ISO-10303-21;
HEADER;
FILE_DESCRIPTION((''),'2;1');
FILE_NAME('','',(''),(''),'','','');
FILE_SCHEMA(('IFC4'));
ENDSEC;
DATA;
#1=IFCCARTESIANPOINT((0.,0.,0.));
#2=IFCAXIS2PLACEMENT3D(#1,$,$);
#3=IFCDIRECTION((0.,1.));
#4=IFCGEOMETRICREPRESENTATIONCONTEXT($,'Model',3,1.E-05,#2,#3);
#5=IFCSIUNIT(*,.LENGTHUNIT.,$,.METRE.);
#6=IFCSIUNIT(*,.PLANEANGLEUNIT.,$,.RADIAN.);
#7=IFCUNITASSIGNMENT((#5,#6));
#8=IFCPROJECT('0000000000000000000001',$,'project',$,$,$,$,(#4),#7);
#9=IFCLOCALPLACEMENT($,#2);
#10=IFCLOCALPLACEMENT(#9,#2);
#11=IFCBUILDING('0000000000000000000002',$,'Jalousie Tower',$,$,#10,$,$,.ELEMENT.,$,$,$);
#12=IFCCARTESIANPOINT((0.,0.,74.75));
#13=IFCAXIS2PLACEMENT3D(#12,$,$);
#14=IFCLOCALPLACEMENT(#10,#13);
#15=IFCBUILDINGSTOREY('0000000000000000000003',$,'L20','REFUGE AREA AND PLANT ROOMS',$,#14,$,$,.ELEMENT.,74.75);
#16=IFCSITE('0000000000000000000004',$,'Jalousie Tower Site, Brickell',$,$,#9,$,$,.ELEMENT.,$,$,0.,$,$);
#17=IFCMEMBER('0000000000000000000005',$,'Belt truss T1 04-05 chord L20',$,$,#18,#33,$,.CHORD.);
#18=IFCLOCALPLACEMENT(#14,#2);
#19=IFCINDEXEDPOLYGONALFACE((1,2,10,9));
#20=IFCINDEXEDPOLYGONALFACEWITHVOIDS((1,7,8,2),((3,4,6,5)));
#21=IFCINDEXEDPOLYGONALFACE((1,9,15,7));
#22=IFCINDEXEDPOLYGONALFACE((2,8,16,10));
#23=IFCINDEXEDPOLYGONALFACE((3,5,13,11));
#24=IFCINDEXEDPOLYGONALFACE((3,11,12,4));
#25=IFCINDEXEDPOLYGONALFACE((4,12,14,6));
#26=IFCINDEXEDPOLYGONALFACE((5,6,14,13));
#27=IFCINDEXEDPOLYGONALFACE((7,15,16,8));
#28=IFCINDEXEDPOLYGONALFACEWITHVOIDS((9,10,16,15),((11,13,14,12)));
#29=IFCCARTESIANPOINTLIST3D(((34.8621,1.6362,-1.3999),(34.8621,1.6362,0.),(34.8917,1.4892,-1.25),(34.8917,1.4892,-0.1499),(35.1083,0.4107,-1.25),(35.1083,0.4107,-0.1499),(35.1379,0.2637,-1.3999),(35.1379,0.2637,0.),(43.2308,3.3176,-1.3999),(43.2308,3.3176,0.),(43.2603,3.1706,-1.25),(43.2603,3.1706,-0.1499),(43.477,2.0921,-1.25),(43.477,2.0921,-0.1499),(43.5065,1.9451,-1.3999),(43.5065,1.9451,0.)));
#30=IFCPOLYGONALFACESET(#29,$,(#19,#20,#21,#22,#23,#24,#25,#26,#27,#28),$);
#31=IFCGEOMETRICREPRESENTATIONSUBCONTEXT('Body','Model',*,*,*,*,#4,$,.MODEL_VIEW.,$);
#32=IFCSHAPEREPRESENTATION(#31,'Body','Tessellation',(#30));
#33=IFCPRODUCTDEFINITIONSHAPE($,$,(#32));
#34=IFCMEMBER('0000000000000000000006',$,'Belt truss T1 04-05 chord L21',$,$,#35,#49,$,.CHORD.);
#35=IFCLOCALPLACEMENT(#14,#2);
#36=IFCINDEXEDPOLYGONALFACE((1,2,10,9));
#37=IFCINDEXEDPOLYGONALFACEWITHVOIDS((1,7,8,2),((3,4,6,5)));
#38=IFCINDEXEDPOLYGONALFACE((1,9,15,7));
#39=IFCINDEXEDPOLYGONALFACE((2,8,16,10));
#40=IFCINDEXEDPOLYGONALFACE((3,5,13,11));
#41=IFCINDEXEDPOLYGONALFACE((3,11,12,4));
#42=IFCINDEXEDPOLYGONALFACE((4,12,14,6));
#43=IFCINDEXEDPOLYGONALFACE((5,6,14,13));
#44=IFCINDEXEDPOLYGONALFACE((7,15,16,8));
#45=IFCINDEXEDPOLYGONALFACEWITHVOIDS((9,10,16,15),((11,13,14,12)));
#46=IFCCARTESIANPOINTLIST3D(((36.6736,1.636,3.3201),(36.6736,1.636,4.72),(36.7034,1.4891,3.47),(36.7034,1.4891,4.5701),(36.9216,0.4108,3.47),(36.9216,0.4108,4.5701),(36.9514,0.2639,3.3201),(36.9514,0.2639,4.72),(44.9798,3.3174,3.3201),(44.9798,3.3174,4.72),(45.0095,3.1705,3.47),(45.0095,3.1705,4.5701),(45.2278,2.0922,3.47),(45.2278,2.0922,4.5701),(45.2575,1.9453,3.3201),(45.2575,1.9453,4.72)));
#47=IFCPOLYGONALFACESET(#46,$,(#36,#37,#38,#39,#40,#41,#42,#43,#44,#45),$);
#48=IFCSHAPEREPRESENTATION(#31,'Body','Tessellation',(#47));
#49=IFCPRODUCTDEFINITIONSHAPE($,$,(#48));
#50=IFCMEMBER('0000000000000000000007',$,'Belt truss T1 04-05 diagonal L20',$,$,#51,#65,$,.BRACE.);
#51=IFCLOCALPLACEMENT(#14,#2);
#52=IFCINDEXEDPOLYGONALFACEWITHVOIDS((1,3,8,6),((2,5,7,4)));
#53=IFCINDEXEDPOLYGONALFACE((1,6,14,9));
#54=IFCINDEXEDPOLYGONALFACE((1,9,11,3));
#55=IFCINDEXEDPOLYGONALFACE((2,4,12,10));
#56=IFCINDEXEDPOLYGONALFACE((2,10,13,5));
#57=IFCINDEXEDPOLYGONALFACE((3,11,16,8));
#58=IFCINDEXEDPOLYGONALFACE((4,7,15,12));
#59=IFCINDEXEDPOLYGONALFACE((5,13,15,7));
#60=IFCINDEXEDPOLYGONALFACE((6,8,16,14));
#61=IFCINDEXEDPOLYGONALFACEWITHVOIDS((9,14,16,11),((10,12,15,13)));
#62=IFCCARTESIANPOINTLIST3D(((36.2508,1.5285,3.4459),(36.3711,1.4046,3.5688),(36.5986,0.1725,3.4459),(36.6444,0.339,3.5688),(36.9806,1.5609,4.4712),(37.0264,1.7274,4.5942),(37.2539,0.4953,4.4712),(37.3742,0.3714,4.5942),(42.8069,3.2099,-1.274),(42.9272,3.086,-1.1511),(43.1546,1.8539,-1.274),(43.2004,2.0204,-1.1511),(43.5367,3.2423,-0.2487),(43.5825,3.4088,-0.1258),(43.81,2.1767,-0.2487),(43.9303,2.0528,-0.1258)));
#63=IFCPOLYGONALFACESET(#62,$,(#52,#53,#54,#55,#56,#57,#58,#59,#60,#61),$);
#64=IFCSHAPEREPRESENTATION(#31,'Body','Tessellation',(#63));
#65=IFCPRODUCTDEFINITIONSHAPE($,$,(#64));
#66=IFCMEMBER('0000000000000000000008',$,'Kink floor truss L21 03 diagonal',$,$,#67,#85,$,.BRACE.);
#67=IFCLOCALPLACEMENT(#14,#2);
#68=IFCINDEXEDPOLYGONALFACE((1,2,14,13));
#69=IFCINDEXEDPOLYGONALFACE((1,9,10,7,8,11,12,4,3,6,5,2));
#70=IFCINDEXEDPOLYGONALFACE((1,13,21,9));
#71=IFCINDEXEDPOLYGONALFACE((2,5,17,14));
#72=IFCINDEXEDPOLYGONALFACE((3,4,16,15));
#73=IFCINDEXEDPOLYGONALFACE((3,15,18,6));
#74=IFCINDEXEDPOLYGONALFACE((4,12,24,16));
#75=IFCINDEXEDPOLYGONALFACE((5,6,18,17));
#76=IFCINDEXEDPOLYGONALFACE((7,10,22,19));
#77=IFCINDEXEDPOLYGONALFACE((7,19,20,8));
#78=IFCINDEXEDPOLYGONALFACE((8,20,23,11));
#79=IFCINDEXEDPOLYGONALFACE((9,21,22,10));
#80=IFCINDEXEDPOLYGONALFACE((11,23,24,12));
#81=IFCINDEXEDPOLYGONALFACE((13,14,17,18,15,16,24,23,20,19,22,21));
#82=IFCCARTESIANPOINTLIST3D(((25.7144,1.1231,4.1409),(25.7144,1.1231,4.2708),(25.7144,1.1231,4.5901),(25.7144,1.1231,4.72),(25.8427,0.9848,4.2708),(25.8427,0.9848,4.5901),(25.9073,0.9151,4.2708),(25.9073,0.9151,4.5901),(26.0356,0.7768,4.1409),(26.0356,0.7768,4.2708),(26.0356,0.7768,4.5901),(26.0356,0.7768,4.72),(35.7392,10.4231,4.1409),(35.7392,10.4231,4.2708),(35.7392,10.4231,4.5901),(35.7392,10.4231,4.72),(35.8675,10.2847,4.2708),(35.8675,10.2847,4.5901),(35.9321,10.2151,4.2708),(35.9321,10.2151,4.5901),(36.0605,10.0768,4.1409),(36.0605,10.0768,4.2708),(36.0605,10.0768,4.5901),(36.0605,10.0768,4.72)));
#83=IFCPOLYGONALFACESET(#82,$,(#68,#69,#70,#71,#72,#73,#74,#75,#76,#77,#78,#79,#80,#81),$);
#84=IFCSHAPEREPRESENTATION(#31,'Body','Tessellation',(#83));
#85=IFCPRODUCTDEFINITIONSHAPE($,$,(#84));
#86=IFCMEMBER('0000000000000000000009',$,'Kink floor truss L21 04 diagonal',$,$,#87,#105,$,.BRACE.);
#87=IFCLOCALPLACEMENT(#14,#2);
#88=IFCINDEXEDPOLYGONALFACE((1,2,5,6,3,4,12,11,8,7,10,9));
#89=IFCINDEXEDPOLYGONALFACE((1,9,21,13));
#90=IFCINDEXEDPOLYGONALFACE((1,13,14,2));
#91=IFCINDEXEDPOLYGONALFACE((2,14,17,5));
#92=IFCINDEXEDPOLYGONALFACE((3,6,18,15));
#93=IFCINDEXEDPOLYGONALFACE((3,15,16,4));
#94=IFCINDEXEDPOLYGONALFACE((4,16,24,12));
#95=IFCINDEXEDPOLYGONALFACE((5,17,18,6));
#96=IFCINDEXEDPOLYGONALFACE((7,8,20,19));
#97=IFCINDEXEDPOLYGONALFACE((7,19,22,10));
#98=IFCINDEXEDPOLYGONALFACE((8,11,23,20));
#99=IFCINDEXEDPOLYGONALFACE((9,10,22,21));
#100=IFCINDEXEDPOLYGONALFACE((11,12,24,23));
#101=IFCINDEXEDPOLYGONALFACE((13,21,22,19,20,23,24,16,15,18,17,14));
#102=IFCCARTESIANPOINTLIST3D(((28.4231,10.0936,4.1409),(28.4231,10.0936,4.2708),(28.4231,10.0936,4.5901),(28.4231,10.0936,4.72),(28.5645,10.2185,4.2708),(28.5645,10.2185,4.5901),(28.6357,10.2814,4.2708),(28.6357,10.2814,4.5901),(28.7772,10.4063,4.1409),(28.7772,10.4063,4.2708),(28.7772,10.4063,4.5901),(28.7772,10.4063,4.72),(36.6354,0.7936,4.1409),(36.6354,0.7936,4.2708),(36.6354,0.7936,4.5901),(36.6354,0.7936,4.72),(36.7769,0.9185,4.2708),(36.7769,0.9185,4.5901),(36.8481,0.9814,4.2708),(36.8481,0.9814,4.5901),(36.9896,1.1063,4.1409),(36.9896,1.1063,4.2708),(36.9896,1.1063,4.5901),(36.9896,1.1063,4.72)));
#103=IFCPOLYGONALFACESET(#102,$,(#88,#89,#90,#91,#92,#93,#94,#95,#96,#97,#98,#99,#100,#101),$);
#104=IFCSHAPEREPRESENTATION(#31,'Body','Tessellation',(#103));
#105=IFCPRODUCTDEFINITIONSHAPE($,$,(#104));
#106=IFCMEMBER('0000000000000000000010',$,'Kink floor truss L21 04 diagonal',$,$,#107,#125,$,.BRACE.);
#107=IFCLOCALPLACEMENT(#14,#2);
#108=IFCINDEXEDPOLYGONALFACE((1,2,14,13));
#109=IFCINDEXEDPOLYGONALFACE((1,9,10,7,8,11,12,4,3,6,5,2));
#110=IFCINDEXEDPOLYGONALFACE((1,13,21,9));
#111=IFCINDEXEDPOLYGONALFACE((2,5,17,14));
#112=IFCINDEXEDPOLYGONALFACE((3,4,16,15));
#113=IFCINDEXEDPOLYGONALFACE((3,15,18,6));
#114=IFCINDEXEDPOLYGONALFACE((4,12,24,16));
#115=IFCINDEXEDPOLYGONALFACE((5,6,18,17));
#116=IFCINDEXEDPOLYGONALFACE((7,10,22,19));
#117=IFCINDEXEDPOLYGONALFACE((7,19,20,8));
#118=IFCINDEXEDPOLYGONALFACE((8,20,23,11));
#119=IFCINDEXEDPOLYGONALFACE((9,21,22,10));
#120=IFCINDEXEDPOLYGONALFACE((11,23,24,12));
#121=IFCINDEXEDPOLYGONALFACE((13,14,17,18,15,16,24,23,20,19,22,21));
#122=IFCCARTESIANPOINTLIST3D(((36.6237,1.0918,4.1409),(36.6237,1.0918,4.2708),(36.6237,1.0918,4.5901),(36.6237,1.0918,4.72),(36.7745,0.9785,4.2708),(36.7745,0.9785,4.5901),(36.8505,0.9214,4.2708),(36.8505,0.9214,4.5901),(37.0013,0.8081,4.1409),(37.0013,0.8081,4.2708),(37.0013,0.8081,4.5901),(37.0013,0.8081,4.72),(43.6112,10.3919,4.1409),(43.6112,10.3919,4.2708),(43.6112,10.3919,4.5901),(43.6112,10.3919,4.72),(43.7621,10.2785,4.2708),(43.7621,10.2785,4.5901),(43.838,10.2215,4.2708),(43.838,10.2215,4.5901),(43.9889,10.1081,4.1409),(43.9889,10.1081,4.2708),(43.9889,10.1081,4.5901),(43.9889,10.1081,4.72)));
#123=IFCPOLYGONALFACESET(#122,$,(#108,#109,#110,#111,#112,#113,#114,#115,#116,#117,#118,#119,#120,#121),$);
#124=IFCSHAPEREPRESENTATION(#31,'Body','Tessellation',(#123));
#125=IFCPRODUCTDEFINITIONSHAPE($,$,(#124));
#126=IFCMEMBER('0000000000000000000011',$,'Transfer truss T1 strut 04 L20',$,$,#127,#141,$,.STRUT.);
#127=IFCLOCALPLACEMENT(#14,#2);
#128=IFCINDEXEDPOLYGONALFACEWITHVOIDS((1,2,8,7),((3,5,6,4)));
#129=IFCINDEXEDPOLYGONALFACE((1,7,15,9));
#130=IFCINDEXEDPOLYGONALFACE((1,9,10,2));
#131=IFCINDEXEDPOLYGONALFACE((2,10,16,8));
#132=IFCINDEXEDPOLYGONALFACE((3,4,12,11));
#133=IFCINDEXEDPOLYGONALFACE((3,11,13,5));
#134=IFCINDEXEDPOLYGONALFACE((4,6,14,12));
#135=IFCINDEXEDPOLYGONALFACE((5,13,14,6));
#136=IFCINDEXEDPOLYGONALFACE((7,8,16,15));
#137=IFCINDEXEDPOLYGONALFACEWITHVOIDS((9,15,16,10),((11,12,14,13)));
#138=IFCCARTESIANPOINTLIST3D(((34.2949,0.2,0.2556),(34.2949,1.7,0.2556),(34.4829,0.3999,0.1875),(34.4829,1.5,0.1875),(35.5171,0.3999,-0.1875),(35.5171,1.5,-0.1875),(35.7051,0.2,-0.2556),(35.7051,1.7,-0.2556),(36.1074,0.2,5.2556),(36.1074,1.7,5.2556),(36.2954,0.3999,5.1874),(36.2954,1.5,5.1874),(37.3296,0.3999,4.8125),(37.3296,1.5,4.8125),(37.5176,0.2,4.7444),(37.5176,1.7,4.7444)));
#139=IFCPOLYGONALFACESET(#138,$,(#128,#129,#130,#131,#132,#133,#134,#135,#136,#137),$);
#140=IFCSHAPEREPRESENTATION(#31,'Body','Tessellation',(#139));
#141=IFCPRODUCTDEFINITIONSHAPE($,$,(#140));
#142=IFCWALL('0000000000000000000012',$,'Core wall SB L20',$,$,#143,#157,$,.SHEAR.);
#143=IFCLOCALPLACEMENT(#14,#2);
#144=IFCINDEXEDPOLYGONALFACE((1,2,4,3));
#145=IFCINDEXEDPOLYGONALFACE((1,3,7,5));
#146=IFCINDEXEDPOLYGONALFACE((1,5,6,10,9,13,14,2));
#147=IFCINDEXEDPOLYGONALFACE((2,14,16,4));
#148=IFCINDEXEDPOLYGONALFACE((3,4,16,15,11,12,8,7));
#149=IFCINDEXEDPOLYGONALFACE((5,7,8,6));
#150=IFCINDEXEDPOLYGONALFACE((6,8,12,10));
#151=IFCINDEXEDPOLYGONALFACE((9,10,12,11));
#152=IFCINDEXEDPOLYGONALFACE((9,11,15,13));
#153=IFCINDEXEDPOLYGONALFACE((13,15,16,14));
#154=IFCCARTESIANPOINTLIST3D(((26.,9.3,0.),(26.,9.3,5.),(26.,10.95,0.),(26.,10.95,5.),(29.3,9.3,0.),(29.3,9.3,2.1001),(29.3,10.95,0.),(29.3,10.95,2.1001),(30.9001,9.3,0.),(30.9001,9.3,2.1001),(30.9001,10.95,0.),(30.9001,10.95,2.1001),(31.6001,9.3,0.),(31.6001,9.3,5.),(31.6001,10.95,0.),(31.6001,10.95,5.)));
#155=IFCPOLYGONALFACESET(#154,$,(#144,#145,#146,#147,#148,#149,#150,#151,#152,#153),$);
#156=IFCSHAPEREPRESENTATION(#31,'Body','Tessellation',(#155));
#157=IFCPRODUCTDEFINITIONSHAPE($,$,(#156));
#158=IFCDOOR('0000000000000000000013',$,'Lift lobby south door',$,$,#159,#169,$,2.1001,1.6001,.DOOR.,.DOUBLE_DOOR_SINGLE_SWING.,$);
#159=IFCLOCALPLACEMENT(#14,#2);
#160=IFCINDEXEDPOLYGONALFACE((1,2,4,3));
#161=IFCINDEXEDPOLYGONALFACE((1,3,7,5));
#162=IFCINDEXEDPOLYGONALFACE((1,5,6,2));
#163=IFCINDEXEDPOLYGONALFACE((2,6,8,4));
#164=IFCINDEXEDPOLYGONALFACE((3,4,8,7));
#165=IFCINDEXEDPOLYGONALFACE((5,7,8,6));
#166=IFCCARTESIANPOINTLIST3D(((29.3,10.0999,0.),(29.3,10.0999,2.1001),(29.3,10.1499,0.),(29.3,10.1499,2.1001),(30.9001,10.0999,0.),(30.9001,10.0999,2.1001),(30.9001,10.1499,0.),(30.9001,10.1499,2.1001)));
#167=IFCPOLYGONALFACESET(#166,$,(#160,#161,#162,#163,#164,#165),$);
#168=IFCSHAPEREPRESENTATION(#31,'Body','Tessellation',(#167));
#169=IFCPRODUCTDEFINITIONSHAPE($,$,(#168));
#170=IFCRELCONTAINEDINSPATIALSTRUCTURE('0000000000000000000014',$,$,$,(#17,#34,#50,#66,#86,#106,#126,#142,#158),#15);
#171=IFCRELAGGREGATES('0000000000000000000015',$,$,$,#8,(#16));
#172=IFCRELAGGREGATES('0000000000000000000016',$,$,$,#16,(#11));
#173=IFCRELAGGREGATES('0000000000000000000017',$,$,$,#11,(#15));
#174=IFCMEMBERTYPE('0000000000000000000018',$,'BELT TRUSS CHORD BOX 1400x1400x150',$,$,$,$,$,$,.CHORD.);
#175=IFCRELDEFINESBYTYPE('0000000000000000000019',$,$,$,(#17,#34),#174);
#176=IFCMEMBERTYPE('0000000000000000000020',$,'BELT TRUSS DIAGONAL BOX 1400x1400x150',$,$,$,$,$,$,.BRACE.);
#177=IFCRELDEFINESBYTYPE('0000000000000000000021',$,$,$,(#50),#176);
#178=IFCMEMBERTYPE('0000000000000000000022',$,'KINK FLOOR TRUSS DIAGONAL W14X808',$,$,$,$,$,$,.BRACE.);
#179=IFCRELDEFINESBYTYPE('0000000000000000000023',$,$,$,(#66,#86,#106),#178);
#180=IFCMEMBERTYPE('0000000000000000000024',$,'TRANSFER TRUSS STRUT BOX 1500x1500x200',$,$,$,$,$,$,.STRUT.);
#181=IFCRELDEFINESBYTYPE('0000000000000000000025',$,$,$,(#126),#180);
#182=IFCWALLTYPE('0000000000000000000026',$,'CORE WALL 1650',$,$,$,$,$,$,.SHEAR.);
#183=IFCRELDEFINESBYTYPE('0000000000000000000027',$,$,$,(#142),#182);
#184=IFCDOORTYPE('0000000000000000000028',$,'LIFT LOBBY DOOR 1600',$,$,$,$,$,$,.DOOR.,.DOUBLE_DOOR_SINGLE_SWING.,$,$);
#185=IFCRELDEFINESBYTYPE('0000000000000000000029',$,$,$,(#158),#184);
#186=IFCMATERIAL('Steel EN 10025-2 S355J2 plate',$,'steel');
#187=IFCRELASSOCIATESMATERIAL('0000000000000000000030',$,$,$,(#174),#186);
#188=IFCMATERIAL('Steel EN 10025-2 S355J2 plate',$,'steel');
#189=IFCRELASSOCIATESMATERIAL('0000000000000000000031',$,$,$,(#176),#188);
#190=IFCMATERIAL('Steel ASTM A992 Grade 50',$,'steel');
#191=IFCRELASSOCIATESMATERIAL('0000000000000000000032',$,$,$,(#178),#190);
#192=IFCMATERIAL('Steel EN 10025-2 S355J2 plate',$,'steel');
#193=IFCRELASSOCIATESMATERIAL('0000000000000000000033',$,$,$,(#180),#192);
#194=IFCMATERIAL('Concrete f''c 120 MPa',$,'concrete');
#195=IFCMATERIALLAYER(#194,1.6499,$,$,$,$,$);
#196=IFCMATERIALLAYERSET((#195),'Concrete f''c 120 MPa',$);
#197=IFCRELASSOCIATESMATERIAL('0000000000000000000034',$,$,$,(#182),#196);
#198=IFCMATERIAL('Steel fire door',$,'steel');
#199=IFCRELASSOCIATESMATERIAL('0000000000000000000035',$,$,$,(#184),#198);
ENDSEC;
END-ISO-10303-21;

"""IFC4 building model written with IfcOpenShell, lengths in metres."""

from ifc_helpers import new_model, si_unit, direction, frame, frame_2d, origin, origin_2d, place, context, subcontext, project, spatial, rectangle, hollow_rectangle, i_section, extrude, material, layer, layer_set, material_profile, profile_set, type_object, element, fill, save


model = new_model("IFC4")

# Units and contexts
model_context = context("Model", 3, precision=1e-05, world=origin(), true_north=direction((0.0, 1.0)))
body_context = subcontext(model_context, "Body", "Model", "MODEL_VIEW")
ifc_project = project(units=[si_unit("LENGTHUNIT", "METRE"), si_unit("PLANEANGLEUNIT", "RADIAN")], contexts=[model_context])

# Site, building, storey
site_placement = place(None, origin())
site = spatial("IfcSite", under=ifc_project, at=site_placement, Name="Jalousie Tower Site, Brickell", CompositionType="ELEMENT", RefElevation=0.0)
building_placement = place(site_placement, origin())
building = spatial("IfcBuilding", under=site, at=building_placement, Name="Jalousie Tower", CompositionType="ELEMENT")
storey_placement = place(building_placement, frame((0.0, 0.0, 74.75)))
storey = spatial("IfcBuildingStorey", under=building, at=storey_placement, Name="L20", Description="REFUGE AREA AND PLANT ROOMS", CompositionType="ELEMENT", Elevation=74.75)

# Members
ifc_material_1 = material(Name="Steel EN 10025-2 S355J2 plate", Category="steel")
ifc_material_profile_1 = material_profile(ifc_material_1, hollow_rectangle(XDim=1.3999, YDim=1.3999, WallThickness=0.1499, at=origin_2d()), Name="BOX 1400x1400x150")
ifc_profile_set_1 = profile_set([ifc_material_profile_1], Name="Steel EN 10025-2 S355J2 plate")
member_type_1 = type_object("IfcMemberType", Name="BELT TRUSS CHORD BOX 1400x1400x150", PredefinedType="CHORD", material=ifc_profile_set_1)
member_1_placement = place(storey_placement, frame((35.0, 0.95, -0.7), z_axis=(0.980408, 0.19698, 0.0), x_axis=(-0.19698, 0.980408, 0.0)))
element("IfcMember", 1, at=member_1_placement, inside=storey, type_object=member_type_1, Name="Belt truss T1 04-05 chord L20", PredefinedType="CHORD", context=body_context, shape_type="SweptSolid", body=[
    extrude(hollow_rectangle(XDim=1.3999, YDim=1.3999, WallThickness=0.1499, at=origin_2d()), origin(), (0.0, 0.0, 1.0), 8.5359),
])
member_2_placement = place(storey_placement, frame((36.8125, 0.95, 4.02), z_axis=(0.98012, 0.198404, 0.0), x_axis=(-0.198404, 0.98012, 0.0)))
element("IfcMember", 2, at=member_2_placement, inside=storey, type_object=member_type_1, Name="Belt truss T1 04-05 chord L21", PredefinedType="CHORD", context=body_context, shape_type="SweptSolid", body=[
    extrude(hollow_rectangle(XDim=1.3999, YDim=1.3999, WallThickness=0.1499, at=origin_2d()), origin(), (0.0, 0.0, 1.0), 8.4746),
])
ifc_material_2 = material(Name="Steel EN 10025-2 S355J2 plate", Category="steel")
ifc_material_profile_2 = material_profile(ifc_material_2, hollow_rectangle(XDim=1.3999, YDim=1.3999, WallThickness=0.1499, at=origin_2d()), Name="BOX 1400x1400x150")
ifc_profile_set_2 = profile_set([ifc_material_profile_2], Name="Steel EN 10025-2 S355J2 plate")
member_type_2 = type_object("IfcMemberType", Name="BELT TRUSS DIAGONAL BOX 1400x1400x150", PredefinedType="BRACE", material=ifc_profile_set_2)
member_3_placement = place(storey_placement, frame((36.8125, 0.95, 4.02), z_axis=(0.794534, 0.203767, -0.572009), x_axis=(-0.248421, 0.968652, 0.0)))
element("IfcMember", 3, at=member_3_placement, inside=storey, type_object=member_type_2, Name="Belt truss T1 04-05 diagonal L20", PredefinedType="BRACE", context=body_context, shape_type="SweptSolid", body=[
    extrude(hollow_rectangle(XDim=1.3999, YDim=1.3999, WallThickness=0.1499, at=origin_2d()), origin(), (0.0, 0.0, 1.0), 8.2515),
])
ifc_material_3 = material(Name="Steel ASTM A992 Grade 50", Category="steel")
ifc_material_profile_3 = material_profile(ifc_material_3, i_section(OverallWidth=0.4724, OverallDepth=0.5791, WebThickness=0.095, FlangeThickness=0.1299, at=origin_2d()), Name="W14X808")
ifc_profile_set_3 = profile_set([ifc_material_profile_3], Name="Steel ASTM A992 Grade 50")
member_type_3 = type_object("IfcMemberType", Name="KINK FLOOR TRUSS DIAGONAL W14X808", PredefinedType="BRACE", material=ifc_profile_set_3)
member_4_placement = place(storey_placement, frame((25.875, 0.95, 4.4304), z_axis=(0.733114, 0.680106, 0.0), x_axis=(-0.680106, 0.733114, 0.0)))
element("IfcMember", 4, at=member_4_placement, inside=storey, type_object=member_type_3, Name="Kink floor truss L21 03 diagonal", PredefinedType="BRACE", context=body_context, shape_type="SweptSolid", body=[
    extrude(i_section(OverallWidth=0.4724, OverallDepth=0.5791, WebThickness=0.095, FlangeThickness=0.1299, at=origin_2d()), origin(), (0.0, 0.0, 1.0), 13.6743),
])
member_5_placement = place(storey_placement, frame((36.8125, 0.95, 4.4304), z_axis=(-0.661915, 0.749579, 0.0), x_axis=(-0.749579, -0.661915, 0.0)))
element("IfcMember", 5, at=member_5_placement, inside=storey, type_object=member_type_3, Name="Kink floor truss L21 04 diagonal", PredefinedType="BRACE", context=body_context, shape_type="SweptSolid", body=[
    extrude(i_section(OverallWidth=0.4724, OverallDepth=0.5791, WebThickness=0.095, FlangeThickness=0.1299, at=origin_2d()), origin(), (0.0, 0.0, 1.0), 12.407),
])
member_6_placement = place(storey_placement, frame((36.8125, 0.95, 4.4304), z_axis=(0.600688, 0.799483, 0.0), x_axis=(-0.799483, 0.600688, 0.0)))
element("IfcMember", 6, at=member_6_placement, inside=storey, type_object=member_type_3, Name="Kink floor truss L21 04 diagonal", PredefinedType="BRACE", context=body_context, shape_type="SweptSolid", body=[
    extrude(i_section(OverallWidth=0.4724, OverallDepth=0.5791, WebThickness=0.095, FlangeThickness=0.1299, at=origin_2d()), origin(), (0.0, 0.0, 1.0), 11.6326),
])
ifc_material_4 = material(Name="Steel EN 10025-2 S355J2 plate", Category="steel")
ifc_material_profile_4 = material_profile(ifc_material_4, hollow_rectangle(XDim=1.5, YDim=1.5, WallThickness=0.2, at=origin_2d()), Name="BOX 1500x1500x200")
ifc_profile_set_4 = profile_set([ifc_material_profile_4], Name="Steel EN 10025-2 S355J2 plate")
member_type_4 = type_object("IfcMemberType", Name="TRANSFER TRUSS STRUT BOX 1500x1500x200", PredefinedType="STRUT", material=ifc_profile_set_4)
member_7_placement = place(storey_placement, frame((35.0, 0.95, 0.0), z_axis=(0.340799, 0.0, 0.940136), x_axis=(0.0, 1.0, 0.0)))
element("IfcMember", 7, at=member_7_placement, inside=storey, type_object=member_type_4, Name="Transfer truss T1 strut 04 L20", PredefinedType="STRUT", context=body_context, shape_type="SweptSolid", body=[
    extrude(hollow_rectangle(XDim=1.5, YDim=1.5, WallThickness=0.2, at=origin_2d()), origin(), (0.0, 0.0, 1.0), 5.3184),
])

# Wall, opening, door
ifc_material_5 = material(Name="Concrete f'c 120 MPa", Category="concrete")
ifc_layer_1 = layer(ifc_material_5, 1.6499)
ifc_layer_set_1 = layer_set([ifc_layer_1], Name="Concrete f'c 120 MPa")
wall_type_1 = type_object("IfcWallType", Name="CORE WALL 1650", PredefinedType="SHEAR", material=ifc_layer_set_1)
wall_1_placement = place(storey_placement, frame((26.0, 10.125, 0.0), z_axis=(0.0, 0.0, 1.0), x_axis=(1.0, 0.0, 0.0)))
wall_1 = element("IfcWall", 8, at=wall_1_placement, inside=storey, type_object=wall_type_1, Name="Core wall SB L20", PredefinedType="SHEAR", context=body_context, shape_type="SweptSolid", body=[
    extrude(rectangle(XDim=5.6001, YDim=1.6499, at=frame_2d((2.8, 0.0))), origin(), (0.0, 0.0, 1.0), 5.0),
])
opening_1_placement = place(wall_1_placement, frame((3.3, 0.0, 0.0)))
opening_1 = element("IfcOpeningElement", 9, at=opening_1_placement, cuts=wall_1, PredefinedType="OPENING", context=body_context, shape_type="SweptSolid", body=[
    extrude(rectangle(XDim=1.6001, YDim=2.1001, at=frame_2d((0.8, 1.05))), frame((0.0, 0.835, 0.0), z_axis=(0.0, -1.0, 0.0), x_axis=(1.0, 0.0, 0.0)), (0.0, 0.0, 1.0), 1.6699),
])
ifc_material_6 = material(Name="Steel fire door", Category="steel")
door_type_1 = type_object("IfcDoorType", Name="LIFT LOBBY DOOR 1600", OperationType="DOUBLE_DOOR_SINGLE_SWING", PredefinedType="DOOR", material=ifc_material_6)
door_1_placement = place(opening_1_placement, origin())
door_1 = element("IfcDoor", 10, at=door_1_placement, inside=storey, type_object=door_type_1, Name="Lift lobby south door", OperationType="DOUBLE_DOOR_SINGLE_SWING", OverallHeight=2.1001, OverallWidth=1.6001, PredefinedType="DOOR", context=body_context, shape_type="SweptSolid", body=[
    extrude(rectangle(XDim=1.6001, YDim=2.1001, at=frame_2d((0.8, 1.05))), frame((0.0, 0.0249, 0.0), z_axis=(0.0, -1.0, 0.0), x_axis=(1.0, 0.0, 0.0)), (0.0, 0.0, 1.0), 0.05),
])
fill(opening_1, door_1)

save(model, "model.ifc")
